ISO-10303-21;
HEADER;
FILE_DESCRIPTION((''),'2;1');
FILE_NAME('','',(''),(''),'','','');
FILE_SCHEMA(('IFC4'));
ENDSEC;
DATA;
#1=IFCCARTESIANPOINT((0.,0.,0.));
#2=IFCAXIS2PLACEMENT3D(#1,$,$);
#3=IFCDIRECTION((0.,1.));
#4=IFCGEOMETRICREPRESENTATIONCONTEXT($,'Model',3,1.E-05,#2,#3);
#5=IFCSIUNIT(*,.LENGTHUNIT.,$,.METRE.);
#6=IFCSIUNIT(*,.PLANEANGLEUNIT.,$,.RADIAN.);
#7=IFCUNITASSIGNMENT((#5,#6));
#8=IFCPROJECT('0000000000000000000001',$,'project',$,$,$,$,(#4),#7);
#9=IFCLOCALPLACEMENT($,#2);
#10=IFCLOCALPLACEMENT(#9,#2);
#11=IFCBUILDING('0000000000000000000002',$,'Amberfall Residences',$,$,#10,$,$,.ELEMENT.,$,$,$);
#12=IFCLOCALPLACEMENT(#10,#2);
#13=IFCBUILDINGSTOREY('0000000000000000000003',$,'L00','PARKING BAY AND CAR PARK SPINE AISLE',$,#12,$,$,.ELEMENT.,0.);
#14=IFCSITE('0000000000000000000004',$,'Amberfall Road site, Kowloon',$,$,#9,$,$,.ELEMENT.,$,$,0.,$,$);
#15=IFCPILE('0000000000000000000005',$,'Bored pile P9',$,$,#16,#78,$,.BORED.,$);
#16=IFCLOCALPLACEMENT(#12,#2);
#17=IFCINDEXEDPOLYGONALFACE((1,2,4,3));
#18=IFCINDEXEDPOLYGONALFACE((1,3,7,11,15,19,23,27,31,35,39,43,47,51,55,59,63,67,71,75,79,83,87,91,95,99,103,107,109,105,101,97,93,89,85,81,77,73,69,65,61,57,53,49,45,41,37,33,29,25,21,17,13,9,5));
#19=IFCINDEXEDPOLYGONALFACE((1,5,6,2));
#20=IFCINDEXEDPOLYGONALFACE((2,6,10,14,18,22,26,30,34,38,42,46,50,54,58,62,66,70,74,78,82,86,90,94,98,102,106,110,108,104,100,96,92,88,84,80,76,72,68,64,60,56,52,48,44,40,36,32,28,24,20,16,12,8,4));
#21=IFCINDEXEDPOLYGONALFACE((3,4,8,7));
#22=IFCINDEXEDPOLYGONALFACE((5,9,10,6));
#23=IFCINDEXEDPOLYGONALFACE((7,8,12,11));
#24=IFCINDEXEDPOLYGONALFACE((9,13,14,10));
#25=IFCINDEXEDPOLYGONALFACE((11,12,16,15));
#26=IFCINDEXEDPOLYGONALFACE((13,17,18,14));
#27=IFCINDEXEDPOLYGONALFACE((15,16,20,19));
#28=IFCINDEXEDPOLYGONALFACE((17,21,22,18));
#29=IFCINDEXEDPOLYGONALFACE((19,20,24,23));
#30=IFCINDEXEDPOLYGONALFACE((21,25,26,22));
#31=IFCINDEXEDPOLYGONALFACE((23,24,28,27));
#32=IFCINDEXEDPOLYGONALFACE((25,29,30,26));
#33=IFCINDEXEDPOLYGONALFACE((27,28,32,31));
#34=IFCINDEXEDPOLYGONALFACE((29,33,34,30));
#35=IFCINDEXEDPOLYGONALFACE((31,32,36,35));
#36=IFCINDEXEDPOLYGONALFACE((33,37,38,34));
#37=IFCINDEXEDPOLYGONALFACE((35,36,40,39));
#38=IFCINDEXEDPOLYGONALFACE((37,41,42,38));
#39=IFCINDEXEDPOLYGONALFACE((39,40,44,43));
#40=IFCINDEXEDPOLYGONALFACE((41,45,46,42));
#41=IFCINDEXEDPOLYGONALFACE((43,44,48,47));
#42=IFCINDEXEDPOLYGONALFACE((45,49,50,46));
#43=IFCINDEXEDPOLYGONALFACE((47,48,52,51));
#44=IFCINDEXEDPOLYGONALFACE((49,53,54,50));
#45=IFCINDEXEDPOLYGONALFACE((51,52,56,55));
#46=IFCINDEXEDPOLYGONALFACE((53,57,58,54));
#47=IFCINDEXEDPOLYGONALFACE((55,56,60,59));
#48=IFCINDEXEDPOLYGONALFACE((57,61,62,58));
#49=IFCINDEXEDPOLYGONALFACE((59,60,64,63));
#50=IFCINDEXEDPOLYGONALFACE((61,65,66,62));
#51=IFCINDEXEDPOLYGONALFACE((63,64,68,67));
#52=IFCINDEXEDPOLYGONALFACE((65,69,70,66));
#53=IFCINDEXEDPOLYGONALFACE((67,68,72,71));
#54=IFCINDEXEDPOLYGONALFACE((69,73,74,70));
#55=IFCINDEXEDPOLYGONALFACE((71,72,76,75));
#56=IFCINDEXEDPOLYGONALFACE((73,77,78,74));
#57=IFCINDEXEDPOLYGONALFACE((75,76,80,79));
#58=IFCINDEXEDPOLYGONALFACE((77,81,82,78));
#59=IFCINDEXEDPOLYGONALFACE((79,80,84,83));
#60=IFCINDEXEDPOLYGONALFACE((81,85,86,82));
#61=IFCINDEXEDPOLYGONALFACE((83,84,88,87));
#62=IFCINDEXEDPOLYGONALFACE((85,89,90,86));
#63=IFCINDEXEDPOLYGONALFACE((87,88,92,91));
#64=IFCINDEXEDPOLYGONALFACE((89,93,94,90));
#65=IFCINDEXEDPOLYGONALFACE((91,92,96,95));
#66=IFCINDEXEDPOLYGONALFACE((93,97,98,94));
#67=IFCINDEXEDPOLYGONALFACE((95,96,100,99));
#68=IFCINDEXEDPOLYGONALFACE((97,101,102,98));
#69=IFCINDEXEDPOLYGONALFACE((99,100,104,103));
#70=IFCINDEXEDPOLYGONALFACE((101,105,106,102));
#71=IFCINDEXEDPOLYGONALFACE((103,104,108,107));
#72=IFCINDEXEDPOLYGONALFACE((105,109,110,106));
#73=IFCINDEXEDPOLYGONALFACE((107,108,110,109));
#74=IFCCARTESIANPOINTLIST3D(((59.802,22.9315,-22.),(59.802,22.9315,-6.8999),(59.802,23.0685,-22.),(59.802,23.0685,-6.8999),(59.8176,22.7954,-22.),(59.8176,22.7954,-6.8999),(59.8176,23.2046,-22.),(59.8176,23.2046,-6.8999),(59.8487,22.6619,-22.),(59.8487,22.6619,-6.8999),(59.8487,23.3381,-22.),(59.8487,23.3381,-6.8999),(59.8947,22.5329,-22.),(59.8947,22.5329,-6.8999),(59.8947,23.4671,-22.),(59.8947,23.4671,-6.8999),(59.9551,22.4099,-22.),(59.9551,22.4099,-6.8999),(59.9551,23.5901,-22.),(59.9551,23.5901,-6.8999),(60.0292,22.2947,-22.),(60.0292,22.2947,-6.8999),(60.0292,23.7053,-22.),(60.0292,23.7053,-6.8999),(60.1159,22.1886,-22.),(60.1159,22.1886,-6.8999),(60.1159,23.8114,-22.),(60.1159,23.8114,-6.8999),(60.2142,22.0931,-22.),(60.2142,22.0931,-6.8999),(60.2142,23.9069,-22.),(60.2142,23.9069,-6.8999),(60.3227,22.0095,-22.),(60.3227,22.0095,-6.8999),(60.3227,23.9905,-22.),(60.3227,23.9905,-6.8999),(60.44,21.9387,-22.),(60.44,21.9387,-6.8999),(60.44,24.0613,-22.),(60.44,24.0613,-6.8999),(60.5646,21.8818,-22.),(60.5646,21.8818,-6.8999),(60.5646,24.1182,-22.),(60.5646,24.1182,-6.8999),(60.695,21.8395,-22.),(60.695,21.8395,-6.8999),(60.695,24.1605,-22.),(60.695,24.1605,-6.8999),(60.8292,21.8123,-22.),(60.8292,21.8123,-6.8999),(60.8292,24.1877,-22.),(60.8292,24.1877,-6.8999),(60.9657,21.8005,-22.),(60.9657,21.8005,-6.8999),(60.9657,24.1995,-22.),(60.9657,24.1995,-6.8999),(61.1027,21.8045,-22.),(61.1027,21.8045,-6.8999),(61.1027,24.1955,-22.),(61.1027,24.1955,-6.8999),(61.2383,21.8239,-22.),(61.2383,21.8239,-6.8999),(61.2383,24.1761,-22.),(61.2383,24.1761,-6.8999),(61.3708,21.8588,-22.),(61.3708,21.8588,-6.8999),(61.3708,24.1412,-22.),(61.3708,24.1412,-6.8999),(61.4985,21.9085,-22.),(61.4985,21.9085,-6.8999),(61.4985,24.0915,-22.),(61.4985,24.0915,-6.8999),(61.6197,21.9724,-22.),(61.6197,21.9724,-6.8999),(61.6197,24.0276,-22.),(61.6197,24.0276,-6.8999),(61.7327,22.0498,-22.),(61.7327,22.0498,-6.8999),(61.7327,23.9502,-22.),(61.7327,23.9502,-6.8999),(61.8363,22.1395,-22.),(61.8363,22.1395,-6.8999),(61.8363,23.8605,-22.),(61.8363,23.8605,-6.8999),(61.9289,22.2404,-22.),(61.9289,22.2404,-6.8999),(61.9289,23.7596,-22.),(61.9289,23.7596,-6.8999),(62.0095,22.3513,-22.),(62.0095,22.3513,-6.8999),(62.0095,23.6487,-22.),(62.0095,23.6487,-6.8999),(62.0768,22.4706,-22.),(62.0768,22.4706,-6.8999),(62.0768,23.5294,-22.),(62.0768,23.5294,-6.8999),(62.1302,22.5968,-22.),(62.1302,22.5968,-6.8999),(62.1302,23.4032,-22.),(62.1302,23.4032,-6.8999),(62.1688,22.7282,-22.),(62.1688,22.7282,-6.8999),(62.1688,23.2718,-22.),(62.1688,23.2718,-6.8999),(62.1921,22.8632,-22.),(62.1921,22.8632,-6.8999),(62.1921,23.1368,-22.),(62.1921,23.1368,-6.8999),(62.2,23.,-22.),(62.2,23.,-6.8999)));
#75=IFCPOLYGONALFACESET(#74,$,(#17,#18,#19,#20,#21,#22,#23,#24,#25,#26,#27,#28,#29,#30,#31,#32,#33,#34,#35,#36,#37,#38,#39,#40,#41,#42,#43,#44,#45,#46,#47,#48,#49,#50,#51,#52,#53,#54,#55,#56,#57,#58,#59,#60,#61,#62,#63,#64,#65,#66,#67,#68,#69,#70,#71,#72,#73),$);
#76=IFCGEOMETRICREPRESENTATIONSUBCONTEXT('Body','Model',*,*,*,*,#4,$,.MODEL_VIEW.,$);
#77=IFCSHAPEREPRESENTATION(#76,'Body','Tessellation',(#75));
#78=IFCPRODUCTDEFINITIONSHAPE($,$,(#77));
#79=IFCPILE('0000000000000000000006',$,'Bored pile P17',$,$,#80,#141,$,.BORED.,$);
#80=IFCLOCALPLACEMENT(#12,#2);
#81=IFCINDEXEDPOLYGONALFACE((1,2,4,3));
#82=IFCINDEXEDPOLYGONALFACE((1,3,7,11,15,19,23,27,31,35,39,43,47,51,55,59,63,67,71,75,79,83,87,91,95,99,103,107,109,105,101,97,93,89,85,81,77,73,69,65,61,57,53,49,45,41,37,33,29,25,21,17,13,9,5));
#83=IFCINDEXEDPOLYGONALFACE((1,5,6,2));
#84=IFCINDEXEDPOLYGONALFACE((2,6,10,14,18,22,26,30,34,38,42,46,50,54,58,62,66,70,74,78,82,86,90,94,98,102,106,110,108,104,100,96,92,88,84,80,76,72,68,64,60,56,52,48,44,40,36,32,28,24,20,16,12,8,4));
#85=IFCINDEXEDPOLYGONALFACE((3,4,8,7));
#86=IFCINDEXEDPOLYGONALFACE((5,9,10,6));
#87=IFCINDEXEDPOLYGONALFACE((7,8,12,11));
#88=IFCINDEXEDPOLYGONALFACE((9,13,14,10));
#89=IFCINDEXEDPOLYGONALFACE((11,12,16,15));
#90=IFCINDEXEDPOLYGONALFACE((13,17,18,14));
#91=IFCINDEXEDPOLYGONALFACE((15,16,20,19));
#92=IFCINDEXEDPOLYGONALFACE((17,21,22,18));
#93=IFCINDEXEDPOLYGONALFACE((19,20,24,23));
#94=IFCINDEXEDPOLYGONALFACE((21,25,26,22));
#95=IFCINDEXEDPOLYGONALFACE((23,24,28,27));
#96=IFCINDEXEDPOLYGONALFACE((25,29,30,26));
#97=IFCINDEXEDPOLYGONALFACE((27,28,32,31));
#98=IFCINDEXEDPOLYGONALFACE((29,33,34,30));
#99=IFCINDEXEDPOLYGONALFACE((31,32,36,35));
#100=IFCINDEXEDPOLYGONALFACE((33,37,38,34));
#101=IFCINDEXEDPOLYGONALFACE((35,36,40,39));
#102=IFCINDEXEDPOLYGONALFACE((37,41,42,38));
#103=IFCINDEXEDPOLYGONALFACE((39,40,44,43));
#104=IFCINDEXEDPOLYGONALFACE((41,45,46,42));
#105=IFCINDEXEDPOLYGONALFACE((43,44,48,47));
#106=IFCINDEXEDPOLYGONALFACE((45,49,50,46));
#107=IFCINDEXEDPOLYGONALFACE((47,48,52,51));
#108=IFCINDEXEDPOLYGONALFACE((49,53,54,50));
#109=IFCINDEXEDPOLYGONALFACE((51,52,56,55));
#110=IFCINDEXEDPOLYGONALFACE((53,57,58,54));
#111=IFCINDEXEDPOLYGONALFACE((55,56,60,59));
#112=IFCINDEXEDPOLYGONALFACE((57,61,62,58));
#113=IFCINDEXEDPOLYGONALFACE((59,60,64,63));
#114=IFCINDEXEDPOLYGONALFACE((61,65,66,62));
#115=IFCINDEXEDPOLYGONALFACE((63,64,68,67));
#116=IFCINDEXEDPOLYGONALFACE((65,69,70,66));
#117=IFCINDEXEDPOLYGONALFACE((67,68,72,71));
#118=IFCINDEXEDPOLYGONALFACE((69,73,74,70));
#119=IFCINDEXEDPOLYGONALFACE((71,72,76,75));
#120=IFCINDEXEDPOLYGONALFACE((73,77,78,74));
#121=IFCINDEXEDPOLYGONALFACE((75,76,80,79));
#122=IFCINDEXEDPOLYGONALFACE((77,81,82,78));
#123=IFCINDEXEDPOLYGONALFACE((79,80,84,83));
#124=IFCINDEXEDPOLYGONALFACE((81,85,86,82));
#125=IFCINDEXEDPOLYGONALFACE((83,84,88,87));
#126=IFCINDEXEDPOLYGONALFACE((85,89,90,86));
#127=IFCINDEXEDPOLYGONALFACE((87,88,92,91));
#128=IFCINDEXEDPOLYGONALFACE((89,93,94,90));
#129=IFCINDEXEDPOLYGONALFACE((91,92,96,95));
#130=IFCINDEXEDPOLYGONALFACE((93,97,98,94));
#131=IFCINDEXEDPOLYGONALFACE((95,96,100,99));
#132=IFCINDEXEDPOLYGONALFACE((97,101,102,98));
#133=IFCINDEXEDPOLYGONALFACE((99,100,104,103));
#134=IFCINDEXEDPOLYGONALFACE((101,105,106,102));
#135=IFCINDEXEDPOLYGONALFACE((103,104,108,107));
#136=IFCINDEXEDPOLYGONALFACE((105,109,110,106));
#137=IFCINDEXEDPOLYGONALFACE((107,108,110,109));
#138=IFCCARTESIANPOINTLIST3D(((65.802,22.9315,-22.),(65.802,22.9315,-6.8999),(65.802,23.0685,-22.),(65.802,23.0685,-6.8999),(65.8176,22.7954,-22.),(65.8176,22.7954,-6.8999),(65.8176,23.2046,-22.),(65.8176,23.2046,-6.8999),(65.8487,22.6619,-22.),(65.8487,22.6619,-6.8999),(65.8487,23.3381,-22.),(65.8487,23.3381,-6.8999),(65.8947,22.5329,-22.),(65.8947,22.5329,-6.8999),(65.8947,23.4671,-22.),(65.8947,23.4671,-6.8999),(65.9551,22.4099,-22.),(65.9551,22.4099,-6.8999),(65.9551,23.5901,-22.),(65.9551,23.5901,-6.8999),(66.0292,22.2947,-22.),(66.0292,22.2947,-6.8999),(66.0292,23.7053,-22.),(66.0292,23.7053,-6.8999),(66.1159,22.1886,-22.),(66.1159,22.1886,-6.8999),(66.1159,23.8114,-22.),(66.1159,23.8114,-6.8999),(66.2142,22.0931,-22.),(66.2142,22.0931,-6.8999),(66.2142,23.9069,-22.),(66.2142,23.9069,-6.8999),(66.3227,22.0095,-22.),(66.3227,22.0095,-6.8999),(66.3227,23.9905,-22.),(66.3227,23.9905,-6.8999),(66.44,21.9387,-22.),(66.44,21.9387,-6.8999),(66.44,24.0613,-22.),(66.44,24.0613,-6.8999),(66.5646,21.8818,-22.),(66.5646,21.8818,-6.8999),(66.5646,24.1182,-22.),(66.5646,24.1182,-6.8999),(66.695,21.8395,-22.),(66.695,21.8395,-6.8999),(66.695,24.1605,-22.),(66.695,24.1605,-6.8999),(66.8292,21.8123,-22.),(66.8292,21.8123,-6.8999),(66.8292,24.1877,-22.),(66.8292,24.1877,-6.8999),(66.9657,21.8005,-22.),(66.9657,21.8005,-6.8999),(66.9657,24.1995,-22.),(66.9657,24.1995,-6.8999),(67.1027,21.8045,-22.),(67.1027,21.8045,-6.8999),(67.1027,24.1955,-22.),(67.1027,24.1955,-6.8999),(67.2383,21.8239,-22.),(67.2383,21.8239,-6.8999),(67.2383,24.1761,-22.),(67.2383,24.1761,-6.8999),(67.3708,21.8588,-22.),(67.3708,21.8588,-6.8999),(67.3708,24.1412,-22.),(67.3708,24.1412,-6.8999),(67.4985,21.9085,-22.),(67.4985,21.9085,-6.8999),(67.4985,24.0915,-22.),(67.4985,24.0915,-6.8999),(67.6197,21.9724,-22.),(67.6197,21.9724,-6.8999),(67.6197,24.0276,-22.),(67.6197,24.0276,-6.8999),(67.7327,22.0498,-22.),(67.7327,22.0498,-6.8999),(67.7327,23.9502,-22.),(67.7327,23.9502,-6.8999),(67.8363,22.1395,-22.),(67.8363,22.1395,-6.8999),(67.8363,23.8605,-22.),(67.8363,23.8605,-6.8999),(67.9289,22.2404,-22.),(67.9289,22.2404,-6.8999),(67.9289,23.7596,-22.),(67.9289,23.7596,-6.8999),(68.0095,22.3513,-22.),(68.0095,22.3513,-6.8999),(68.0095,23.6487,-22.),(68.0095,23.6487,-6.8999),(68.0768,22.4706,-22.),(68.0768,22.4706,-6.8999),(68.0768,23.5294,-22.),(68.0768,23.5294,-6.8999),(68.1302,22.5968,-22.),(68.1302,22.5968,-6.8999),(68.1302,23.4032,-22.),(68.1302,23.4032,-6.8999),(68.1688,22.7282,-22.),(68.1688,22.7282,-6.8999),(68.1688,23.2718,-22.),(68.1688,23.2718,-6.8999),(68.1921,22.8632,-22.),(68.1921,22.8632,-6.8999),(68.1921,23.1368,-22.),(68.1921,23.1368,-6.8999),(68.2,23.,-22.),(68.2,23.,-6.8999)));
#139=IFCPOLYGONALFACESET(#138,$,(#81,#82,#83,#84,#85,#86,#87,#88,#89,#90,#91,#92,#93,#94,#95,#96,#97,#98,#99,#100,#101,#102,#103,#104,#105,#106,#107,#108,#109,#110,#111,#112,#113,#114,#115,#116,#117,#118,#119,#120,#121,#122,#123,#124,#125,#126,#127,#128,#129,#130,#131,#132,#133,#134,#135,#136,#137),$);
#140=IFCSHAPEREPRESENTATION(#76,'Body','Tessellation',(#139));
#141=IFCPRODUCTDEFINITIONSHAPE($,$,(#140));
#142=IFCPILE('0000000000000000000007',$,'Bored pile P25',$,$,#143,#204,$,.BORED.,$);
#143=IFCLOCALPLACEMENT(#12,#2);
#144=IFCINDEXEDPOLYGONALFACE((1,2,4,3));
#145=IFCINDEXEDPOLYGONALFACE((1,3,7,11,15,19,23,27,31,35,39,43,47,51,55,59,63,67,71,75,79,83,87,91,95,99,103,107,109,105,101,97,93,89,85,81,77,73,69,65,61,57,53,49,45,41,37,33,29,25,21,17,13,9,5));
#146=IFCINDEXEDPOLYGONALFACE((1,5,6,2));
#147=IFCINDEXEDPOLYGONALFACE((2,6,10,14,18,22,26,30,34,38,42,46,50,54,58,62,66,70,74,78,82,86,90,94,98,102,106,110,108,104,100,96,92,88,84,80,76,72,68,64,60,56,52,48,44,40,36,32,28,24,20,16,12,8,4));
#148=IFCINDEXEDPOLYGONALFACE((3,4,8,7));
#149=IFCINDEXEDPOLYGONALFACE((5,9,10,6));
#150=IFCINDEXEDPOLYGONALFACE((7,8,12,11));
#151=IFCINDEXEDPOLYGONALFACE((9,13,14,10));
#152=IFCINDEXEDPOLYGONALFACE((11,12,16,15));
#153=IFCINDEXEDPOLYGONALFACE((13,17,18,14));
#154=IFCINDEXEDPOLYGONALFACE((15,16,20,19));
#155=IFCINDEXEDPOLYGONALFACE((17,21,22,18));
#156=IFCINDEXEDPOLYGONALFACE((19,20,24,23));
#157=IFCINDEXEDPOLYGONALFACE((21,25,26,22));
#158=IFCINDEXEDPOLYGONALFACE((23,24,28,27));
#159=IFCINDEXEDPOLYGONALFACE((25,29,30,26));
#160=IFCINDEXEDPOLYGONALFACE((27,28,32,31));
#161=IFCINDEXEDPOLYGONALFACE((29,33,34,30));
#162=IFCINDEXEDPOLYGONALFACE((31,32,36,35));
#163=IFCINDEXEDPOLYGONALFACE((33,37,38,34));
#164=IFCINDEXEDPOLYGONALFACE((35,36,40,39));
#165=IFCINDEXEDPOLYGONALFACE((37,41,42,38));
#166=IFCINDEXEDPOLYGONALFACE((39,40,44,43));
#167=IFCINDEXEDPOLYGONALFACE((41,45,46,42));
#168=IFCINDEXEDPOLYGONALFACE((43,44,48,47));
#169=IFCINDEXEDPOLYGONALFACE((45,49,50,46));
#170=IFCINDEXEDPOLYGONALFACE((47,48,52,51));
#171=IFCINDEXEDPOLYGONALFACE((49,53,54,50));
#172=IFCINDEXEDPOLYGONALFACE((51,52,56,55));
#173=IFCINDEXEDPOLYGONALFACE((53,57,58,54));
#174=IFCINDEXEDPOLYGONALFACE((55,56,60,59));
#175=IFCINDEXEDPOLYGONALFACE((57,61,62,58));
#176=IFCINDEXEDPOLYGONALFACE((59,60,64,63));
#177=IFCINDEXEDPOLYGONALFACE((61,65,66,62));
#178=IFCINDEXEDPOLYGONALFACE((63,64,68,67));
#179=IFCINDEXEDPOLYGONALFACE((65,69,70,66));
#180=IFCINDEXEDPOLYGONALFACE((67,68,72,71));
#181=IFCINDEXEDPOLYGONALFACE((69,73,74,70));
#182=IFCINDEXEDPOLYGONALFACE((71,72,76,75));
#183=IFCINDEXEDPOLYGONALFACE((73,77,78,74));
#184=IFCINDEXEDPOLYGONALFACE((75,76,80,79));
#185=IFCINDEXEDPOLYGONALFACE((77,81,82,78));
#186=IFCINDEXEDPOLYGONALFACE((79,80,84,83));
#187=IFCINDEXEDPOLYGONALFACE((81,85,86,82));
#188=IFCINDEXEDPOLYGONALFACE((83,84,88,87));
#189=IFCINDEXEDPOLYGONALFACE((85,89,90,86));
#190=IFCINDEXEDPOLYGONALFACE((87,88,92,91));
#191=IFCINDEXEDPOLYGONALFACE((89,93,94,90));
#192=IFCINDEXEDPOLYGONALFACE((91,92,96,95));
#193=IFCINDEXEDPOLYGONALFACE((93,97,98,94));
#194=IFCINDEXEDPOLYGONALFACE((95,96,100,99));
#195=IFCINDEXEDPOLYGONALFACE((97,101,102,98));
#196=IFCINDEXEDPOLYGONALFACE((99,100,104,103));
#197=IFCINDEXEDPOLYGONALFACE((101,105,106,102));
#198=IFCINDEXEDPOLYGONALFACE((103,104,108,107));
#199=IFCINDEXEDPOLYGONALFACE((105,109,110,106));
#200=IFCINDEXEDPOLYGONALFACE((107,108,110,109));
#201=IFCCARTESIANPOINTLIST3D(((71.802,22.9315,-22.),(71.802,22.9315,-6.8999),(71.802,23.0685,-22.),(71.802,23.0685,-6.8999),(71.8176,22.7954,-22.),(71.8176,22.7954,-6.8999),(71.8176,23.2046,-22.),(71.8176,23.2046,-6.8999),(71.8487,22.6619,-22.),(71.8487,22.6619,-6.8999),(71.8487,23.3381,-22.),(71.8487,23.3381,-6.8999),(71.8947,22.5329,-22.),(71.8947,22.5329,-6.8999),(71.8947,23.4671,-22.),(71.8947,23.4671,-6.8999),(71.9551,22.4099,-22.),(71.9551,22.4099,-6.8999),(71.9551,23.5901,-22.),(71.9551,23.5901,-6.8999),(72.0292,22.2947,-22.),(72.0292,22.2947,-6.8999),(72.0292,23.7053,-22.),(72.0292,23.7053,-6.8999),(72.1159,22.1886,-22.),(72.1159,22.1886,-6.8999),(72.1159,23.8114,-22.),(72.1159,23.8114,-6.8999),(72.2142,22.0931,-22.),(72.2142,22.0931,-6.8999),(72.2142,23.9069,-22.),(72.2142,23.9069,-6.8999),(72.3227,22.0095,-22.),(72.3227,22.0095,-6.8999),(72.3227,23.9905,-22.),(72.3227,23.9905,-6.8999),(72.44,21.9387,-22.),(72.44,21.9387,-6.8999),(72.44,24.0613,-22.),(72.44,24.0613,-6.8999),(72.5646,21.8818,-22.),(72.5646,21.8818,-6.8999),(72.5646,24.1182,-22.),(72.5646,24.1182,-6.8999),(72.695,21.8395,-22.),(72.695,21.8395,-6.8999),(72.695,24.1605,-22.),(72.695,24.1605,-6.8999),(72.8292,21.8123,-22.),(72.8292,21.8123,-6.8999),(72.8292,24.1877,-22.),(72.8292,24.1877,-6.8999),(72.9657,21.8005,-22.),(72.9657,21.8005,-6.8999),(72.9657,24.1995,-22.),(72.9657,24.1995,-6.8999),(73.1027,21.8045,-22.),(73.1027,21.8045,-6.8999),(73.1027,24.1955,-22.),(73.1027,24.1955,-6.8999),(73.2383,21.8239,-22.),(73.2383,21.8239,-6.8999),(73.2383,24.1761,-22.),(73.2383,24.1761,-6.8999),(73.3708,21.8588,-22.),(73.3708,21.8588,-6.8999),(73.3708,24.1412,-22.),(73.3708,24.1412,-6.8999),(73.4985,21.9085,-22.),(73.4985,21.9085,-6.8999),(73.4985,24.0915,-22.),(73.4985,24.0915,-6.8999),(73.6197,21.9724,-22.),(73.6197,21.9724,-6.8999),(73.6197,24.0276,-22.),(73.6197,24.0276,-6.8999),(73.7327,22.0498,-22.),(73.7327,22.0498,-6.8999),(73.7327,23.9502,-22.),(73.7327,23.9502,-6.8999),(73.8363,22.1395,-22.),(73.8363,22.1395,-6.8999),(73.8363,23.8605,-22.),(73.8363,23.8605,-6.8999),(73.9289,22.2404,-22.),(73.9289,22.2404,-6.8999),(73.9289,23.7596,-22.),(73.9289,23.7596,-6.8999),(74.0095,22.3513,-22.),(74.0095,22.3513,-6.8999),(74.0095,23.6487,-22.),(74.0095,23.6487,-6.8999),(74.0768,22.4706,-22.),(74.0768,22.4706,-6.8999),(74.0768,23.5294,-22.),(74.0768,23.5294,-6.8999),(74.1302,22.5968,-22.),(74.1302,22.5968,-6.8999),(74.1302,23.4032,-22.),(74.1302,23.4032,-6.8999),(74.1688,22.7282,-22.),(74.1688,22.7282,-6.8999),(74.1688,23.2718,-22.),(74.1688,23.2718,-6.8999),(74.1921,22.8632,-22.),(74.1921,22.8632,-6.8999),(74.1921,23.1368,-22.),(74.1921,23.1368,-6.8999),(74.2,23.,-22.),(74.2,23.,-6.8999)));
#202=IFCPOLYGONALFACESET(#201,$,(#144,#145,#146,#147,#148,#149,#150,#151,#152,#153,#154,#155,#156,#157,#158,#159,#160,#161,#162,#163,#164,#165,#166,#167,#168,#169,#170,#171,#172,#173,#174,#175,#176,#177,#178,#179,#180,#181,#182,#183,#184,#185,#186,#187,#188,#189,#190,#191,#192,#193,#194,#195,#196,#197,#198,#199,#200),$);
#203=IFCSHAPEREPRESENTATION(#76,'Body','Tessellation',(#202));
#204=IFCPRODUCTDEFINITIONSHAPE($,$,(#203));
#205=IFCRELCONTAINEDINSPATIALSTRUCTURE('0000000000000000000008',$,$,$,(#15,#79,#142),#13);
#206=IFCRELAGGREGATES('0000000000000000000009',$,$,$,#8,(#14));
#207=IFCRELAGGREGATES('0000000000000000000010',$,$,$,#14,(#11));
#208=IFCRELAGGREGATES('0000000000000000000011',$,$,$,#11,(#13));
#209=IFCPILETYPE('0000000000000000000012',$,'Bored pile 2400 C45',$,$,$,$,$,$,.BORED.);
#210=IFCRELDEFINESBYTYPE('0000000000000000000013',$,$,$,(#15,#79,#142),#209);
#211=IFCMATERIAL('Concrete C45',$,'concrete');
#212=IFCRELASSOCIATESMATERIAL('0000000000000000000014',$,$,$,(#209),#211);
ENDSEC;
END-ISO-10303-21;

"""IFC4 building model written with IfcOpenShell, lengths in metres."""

from ifc_helpers import new_model, si_unit, direction, frame, origin, origin_2d, place, context, subcontext, project, spatial, circle, extrude, material, material_profile, profile_set, type_object, element, save


model = new_model("IFC4")

# Units and contexts
model_context = context("Model", 3, precision=1e-05, world=origin(), true_north=direction((0.0, 1.0)))
body_context = subcontext(model_context, "Body", "Model", "MODEL_VIEW")
ifc_project = project(units=[si_unit("LENGTHUNIT", "METRE"), si_unit("PLANEANGLEUNIT", "RADIAN")], contexts=[model_context])

# Site, building, storey
site_placement = place(None, origin())
site = spatial("IfcSite", under=ifc_project, at=site_placement, Name="Amberfall Road site, Kowloon", CompositionType="ELEMENT", RefElevation=0.0)
building_placement = place(site_placement, origin())
building = spatial("IfcBuilding", under=site, at=building_placement, Name="Amberfall Residences", CompositionType="ELEMENT")
storey_placement = place(building_placement, origin())
storey = spatial("IfcBuildingStorey", under=building, at=storey_placement, Name="L00", Description="PARKING BAY AND CAR PARK SPINE AISLE", CompositionType="ELEMENT", Elevation=0.0)

# Piles
ifc_material_1 = material(Name="Concrete C45", Category="concrete")
ifc_material_profile_1 = material_profile(ifc_material_1, circle(Radius=1.2, at=origin_2d()), Name="Bored pile 2400 C45")
ifc_profile_set_1 = profile_set([ifc_material_profile_1], Name="Concrete C45")
pile_type = type_object("IfcPileType", Name="Bored pile 2400 C45", PredefinedType="BORED", material=ifc_profile_set_1)
for number, where, z_axis, x_axis, name in (
    (1, (61.0, 23.0, -6.8999), (0.0, 0.0, -1.0), (1.0, 0.0, 0.0), "Bored pile P9"),
    (2, (67.0, 23.0, -6.8999), (0.0, 0.0, -1.0), (1.0, 0.0, 0.0), "Bored pile P17"),
    (3, (73.0, 23.0, -6.8999), (0.0, 0.0, -1.0), (1.0, 0.0, 0.0), "Bored pile P25"),
):
    element("IfcPile", number, at=place(storey_placement, frame(where, z_axis=z_axis, x_axis=x_axis)), inside=storey, type_object=pile_type, Name=name, PredefinedType="BORED", context=body_context, shape_type="SweptSolid", body=[
        extrude(circle(Radius=1.2, at=origin_2d()), origin(), (0.0, 0.0, 1.0), 15.1001),
    ])

save(model, "model.ifc")
